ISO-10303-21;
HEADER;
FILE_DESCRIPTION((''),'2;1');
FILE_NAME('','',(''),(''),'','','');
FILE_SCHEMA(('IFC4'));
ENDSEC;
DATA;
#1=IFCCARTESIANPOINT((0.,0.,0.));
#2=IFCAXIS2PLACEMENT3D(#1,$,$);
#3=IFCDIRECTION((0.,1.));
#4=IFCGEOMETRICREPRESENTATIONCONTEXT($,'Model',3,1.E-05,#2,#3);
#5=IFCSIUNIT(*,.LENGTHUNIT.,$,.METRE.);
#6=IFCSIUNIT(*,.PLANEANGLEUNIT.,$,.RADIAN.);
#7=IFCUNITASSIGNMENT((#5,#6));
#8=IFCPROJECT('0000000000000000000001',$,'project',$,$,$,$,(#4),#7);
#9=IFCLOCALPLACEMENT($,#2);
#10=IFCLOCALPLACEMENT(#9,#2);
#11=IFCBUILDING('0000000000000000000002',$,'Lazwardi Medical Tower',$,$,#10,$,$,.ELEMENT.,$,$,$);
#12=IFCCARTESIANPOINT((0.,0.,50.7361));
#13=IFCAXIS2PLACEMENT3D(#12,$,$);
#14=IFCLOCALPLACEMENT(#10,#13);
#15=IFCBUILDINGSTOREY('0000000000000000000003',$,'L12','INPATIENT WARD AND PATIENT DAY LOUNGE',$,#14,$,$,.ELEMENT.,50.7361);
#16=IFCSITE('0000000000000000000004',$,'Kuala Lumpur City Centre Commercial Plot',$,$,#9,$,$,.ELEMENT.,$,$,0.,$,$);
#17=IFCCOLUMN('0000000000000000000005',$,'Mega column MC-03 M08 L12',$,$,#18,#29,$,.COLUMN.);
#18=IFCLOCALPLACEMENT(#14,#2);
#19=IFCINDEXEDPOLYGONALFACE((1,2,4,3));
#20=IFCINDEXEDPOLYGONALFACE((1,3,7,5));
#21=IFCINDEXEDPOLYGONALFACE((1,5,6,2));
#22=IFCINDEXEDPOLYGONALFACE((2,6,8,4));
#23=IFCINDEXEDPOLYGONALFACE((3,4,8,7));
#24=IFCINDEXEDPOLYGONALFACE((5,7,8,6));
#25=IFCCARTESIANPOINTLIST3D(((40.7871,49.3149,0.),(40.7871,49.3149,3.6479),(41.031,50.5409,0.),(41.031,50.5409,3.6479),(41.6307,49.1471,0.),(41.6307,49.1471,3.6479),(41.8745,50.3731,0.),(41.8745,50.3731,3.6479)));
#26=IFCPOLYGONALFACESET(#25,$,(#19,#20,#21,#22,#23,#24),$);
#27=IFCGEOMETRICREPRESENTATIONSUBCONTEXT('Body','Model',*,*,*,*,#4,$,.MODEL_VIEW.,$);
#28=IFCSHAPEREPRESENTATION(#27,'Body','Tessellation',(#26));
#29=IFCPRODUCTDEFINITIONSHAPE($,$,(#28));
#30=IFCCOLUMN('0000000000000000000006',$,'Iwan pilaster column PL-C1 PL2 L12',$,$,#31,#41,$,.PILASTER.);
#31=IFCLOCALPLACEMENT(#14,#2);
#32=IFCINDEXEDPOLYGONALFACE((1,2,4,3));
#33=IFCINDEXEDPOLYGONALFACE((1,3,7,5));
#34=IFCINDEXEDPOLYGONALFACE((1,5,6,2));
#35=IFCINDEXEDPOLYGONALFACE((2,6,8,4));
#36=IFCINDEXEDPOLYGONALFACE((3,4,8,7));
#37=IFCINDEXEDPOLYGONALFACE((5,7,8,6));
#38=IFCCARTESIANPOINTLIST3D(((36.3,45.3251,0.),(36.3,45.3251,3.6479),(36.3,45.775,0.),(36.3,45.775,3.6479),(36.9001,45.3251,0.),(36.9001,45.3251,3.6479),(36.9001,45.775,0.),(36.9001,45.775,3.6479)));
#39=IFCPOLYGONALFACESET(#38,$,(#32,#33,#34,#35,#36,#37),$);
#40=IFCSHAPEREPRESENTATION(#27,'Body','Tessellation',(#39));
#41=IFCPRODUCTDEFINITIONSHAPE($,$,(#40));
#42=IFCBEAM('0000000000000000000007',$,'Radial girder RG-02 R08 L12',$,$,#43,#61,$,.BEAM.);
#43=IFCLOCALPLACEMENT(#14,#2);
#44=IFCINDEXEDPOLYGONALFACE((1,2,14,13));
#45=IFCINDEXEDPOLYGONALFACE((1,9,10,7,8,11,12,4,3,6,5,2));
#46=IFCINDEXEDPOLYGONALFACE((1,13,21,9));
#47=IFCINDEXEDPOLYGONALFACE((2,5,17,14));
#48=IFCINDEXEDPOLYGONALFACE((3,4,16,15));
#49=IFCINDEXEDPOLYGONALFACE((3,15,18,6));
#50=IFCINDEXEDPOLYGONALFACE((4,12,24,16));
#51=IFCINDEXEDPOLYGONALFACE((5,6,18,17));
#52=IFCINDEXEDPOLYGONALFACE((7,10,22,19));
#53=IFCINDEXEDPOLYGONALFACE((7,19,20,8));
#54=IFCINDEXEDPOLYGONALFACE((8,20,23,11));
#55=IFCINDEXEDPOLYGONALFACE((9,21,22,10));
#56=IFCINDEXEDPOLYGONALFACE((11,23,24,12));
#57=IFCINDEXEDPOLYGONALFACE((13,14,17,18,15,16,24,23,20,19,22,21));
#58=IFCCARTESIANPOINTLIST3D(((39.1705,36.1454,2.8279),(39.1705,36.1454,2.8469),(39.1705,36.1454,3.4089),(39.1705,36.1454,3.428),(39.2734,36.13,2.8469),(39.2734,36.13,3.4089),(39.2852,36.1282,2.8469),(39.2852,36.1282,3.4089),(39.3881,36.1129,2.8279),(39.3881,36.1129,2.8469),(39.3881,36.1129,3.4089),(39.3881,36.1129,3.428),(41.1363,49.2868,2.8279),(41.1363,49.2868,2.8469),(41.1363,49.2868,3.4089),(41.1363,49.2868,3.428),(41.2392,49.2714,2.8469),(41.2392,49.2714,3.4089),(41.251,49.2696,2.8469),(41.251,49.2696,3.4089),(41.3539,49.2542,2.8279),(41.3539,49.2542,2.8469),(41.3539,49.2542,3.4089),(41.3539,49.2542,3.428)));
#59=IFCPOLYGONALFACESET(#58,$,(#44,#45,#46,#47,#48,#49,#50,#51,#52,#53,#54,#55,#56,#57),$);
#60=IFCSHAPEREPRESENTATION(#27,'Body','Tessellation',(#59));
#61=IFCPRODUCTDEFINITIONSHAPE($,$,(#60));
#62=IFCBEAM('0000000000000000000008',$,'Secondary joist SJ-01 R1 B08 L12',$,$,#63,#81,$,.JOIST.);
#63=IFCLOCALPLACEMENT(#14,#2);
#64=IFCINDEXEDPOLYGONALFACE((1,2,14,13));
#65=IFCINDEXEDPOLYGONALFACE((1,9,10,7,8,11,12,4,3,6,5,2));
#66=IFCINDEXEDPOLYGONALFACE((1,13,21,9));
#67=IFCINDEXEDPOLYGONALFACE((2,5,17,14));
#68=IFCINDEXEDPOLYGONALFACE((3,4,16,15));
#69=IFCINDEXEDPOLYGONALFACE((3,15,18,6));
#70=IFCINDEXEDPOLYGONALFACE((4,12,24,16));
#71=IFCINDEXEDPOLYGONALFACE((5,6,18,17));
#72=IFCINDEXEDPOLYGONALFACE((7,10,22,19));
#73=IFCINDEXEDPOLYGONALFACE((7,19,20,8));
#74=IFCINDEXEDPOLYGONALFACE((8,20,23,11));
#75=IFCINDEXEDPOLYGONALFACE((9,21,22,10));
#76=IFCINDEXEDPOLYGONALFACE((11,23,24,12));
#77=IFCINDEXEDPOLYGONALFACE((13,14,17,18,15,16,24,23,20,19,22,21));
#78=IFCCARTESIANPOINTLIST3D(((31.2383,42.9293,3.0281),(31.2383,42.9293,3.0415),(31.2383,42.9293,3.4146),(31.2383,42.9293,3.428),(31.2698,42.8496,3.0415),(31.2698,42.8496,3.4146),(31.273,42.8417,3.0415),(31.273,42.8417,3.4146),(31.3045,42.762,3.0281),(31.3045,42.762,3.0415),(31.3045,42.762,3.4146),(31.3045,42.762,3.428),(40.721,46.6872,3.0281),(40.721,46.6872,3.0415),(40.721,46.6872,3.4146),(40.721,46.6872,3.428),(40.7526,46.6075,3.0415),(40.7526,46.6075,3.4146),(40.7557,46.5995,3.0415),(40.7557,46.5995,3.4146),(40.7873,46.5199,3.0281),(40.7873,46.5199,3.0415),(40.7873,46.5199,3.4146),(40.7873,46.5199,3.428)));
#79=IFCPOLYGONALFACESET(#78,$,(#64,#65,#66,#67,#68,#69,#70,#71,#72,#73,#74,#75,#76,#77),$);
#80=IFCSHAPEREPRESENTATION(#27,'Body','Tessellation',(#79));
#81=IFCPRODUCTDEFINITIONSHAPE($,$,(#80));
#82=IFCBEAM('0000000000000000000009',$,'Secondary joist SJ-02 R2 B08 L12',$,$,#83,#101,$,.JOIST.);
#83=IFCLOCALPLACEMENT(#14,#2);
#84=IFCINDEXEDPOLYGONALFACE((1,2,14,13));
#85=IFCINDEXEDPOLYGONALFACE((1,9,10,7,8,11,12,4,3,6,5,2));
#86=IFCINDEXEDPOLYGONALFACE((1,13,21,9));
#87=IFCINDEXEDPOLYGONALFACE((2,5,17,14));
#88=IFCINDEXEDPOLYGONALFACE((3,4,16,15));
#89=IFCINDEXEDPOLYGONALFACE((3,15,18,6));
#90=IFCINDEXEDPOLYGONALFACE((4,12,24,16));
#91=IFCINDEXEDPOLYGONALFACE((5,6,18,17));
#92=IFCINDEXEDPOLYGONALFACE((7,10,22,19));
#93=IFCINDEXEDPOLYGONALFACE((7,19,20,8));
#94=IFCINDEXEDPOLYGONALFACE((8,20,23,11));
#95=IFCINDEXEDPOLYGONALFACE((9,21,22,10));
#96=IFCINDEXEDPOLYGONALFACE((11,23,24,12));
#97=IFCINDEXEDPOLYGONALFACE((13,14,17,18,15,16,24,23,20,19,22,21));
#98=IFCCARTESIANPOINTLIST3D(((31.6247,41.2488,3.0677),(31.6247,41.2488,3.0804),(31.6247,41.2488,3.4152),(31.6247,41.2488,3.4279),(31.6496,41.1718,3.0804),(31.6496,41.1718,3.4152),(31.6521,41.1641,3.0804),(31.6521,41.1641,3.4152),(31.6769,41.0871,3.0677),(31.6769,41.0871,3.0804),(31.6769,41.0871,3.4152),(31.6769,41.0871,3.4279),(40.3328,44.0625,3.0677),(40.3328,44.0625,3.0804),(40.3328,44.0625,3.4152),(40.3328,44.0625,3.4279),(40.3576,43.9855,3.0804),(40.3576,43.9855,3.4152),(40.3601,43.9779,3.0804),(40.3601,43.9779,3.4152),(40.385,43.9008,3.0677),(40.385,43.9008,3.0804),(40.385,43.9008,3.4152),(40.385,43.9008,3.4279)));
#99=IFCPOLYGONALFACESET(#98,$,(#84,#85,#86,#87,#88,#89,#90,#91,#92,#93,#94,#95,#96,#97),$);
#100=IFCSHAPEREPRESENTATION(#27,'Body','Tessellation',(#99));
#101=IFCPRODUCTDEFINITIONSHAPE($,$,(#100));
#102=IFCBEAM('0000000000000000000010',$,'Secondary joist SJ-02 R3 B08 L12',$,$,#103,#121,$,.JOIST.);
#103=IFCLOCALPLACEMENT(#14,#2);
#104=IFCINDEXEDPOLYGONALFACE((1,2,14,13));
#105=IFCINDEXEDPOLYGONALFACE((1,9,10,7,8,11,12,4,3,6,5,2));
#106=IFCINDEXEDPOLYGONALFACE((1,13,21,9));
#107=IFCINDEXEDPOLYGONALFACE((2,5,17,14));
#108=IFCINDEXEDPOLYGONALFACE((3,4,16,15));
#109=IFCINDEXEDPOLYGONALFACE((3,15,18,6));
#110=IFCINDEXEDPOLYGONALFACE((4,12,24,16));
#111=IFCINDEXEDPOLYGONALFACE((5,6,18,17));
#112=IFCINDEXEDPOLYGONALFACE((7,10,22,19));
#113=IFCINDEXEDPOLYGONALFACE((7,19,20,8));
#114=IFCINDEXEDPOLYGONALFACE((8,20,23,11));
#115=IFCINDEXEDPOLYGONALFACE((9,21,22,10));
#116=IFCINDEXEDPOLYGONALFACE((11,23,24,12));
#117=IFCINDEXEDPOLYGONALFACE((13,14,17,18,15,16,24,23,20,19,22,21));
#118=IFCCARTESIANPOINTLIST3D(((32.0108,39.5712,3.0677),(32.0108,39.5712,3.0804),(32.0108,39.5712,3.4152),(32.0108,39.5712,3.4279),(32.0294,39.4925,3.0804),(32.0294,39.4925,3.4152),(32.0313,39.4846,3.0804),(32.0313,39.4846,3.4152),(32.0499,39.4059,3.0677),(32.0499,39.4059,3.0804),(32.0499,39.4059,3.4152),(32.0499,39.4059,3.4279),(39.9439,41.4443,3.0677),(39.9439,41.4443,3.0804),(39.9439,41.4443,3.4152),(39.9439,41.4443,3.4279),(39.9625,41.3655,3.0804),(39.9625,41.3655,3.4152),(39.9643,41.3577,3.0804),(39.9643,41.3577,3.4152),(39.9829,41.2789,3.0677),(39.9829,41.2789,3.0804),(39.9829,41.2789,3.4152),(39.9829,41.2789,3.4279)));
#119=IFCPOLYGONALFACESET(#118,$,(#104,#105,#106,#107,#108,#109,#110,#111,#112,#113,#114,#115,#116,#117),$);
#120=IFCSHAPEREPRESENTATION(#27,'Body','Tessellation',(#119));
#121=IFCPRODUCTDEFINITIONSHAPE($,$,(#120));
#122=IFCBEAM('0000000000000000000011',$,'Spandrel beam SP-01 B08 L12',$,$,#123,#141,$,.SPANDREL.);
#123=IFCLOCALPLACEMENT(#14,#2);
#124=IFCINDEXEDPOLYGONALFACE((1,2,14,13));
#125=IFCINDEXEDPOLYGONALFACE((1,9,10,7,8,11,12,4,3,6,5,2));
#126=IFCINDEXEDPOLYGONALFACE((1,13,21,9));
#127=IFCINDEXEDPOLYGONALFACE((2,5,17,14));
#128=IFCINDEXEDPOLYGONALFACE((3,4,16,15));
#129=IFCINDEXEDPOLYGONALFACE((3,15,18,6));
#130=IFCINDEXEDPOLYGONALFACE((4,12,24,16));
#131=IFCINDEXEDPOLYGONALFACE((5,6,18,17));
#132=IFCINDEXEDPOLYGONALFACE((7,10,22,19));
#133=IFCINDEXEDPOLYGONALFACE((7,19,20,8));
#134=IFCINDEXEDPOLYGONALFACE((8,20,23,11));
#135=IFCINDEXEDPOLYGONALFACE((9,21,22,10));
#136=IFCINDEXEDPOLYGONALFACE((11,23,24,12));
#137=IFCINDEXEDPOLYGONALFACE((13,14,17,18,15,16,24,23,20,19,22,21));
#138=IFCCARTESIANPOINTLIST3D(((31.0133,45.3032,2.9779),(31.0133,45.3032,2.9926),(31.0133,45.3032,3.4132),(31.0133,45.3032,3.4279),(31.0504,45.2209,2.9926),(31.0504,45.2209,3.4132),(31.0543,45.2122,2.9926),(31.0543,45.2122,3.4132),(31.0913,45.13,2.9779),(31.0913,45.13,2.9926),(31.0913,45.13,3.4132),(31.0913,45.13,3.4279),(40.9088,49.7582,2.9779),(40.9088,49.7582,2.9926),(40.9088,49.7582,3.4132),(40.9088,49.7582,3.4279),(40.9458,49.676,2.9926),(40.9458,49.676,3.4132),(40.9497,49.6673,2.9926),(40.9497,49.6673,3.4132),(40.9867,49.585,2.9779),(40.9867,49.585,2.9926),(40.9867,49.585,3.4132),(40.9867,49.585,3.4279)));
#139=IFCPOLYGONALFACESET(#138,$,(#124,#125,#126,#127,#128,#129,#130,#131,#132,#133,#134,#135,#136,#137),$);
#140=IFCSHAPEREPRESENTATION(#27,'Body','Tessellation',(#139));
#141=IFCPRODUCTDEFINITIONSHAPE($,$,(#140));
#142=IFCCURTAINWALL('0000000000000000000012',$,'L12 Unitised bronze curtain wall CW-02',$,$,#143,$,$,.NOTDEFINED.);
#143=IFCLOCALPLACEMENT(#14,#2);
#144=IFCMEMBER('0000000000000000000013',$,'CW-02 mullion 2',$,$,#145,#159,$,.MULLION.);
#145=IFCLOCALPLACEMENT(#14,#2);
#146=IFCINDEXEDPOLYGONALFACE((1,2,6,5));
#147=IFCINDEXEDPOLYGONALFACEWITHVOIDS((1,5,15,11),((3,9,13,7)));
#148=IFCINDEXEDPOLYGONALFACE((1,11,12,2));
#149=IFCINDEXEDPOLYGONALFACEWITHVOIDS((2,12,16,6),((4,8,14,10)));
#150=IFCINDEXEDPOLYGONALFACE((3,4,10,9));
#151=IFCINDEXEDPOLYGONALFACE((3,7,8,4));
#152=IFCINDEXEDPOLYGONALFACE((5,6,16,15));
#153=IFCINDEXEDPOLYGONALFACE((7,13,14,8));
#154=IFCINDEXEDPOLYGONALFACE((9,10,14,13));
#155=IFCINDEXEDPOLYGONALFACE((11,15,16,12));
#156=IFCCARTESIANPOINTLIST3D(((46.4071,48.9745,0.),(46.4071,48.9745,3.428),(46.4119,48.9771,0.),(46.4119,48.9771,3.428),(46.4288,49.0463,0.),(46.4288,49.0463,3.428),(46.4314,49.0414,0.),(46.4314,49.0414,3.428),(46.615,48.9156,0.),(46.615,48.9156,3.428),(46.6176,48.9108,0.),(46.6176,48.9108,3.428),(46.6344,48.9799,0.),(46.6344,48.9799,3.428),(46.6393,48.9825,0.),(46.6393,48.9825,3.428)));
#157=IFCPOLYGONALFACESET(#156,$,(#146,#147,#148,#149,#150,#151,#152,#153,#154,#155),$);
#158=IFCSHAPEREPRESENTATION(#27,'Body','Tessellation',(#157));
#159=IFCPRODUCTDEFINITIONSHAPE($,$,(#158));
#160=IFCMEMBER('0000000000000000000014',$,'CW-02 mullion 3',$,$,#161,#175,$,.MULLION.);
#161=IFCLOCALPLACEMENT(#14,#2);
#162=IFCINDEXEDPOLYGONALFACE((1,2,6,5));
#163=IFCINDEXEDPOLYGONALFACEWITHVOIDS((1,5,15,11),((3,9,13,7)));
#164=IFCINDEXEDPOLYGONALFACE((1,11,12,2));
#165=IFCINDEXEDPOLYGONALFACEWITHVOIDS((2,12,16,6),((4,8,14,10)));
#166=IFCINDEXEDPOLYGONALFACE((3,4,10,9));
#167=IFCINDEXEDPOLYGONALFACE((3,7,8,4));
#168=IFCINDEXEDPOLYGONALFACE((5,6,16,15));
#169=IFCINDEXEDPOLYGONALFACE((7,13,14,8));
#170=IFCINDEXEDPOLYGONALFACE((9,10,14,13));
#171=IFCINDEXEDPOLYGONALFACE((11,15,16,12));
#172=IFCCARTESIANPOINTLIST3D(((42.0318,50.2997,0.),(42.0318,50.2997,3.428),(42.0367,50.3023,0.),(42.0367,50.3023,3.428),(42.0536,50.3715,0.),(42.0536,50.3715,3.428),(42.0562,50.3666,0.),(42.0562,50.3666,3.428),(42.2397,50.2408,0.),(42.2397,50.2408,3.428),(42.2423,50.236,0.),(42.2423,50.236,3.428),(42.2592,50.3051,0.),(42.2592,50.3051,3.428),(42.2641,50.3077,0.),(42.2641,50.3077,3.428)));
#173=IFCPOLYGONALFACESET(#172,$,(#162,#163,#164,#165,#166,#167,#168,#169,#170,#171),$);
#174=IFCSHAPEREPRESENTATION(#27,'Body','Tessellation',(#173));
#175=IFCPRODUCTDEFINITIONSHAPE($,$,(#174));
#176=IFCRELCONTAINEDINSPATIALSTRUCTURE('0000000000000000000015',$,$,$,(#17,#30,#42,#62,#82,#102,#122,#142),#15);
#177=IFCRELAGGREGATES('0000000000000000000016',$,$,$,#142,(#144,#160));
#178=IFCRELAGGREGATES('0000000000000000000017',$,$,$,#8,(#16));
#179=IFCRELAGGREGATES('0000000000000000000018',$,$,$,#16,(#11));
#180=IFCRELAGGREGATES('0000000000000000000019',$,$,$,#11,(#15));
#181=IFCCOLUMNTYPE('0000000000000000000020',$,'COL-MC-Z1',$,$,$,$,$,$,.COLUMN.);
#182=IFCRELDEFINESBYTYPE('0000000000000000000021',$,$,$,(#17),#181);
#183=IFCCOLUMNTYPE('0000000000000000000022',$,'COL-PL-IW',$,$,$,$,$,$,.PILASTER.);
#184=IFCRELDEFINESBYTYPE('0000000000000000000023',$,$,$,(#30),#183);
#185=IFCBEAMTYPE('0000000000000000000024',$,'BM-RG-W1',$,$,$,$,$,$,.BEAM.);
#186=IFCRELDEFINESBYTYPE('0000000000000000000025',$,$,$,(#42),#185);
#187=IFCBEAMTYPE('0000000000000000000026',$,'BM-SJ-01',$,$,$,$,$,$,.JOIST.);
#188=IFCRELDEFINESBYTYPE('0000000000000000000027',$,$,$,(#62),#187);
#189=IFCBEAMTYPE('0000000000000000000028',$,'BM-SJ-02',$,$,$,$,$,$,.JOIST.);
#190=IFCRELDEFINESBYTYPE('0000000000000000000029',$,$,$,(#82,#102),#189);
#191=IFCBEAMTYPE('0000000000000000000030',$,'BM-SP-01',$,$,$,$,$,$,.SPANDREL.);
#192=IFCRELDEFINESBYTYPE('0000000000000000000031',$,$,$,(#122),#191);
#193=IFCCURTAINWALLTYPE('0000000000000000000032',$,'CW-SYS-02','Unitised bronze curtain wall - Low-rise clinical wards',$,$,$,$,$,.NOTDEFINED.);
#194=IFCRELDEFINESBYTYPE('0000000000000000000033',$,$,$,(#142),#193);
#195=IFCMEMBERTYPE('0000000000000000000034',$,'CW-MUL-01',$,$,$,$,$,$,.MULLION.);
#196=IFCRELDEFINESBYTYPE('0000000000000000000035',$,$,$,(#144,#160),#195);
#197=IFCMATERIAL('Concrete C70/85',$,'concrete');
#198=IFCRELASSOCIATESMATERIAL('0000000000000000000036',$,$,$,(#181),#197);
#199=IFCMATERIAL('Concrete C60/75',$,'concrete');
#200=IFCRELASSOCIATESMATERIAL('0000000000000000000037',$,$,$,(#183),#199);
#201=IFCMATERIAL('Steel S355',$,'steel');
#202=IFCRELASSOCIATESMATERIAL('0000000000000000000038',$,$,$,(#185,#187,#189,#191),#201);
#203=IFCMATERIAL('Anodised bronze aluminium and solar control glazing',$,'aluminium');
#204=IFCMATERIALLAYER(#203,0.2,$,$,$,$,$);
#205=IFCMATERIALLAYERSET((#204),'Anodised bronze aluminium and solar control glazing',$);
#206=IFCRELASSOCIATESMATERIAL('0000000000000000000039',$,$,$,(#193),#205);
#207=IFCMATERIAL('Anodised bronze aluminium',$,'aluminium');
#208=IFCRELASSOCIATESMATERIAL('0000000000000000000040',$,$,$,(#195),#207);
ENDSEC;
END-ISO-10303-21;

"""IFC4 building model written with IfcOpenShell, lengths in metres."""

from ifc_helpers import new_model, si_unit, direction, frame, origin, origin_2d, place, context, subcontext, project, spatial, rectangle, hollow_rectangle, i_section, extrude, material, layer, layer_set, material_profile, profile_set, type_object, element, aggregate, save


model = new_model("IFC4")

# Units and contexts
model_context = context("Model", 3, precision=1e-05, world=origin(), true_north=direction((0.0, 1.0)))
body_context = subcontext(model_context, "Body", "Model", "MODEL_VIEW")
ifc_project = project(units=[si_unit("LENGTHUNIT", "METRE"), si_unit("PLANEANGLEUNIT", "RADIAN")], contexts=[model_context])

# Site, building, storey
site_placement = place(None, origin())
site = spatial("IfcSite", under=ifc_project, at=site_placement, Name="Kuala Lumpur City Centre Commercial Plot", CompositionType="ELEMENT", RefElevation=0.0)
building_placement = place(site_placement, origin())
building = spatial("IfcBuilding", under=site, at=building_placement, Name="Lazwardi Medical Tower", CompositionType="ELEMENT")
storey_placement = place(building_placement, frame((0.0, 0.0, 50.7361)))
storey = spatial("IfcBuildingStorey", under=building, at=storey_placement, Name="L12", Description="INPATIENT WARD AND PATIENT DAY LOUNGE", CompositionType="ELEMENT", Elevation=50.7361)

# Columns
ifc_material_1 = material(Name="Concrete C70/85", Category="concrete")
ifc_material_profile_1 = material_profile(ifc_material_1, rectangle(XDim=1.25, YDim=0.8601, at=origin_2d()), Name="CFT-RECT 1250x860")
ifc_profile_set_1 = profile_set([ifc_material_profile_1], Name="Concrete C70/85")
column_type_1 = type_object("IfcColumnType", Name="COL-MC-Z1", PredefinedType="COLUMN", material=ifc_profile_set_1)
column_1_placement = place(storey_placement, frame((41.3308, 49.844, 0.0), z_axis=(0.0, 0.0, 1.0), x_axis=(0.19509, 0.980785, 0.0)))
element("IfcColumn", 1, at=column_1_placement, inside=storey, type_object=column_type_1, Name="Mega column MC-03 M08 L12", PredefinedType="COLUMN", context=body_context, shape_type="SweptSolid", body=[
    extrude(rectangle(XDim=1.25, YDim=0.8601, at=origin_2d()), origin(), (0.0, 0.0, 1.0), 3.6479),
])
ifc_material_2 = material(Name="Concrete C60/75", Category="concrete")
ifc_material_profile_2 = material_profile(ifc_material_2, rectangle(XDim=0.6001, YDim=0.45, at=origin_2d()), Name="RC 600x450")
ifc_profile_set_2 = profile_set([ifc_material_profile_2], Name="Concrete C60/75")
column_type_2 = type_object("IfcColumnType", Name="COL-PL-IW", PredefinedType="PILASTER", material=ifc_profile_set_2)
column_2_placement = place(storey_placement, frame((36.6001, 45.55, 0.0), z_axis=(0.0, 0.0, 1.0), x_axis=(1.0, 0.0, 0.0)))
element("IfcColumn", 2, at=column_2_placement, inside=storey, type_object=column_type_2, Name="Iwan pilaster column PL-C1 PL2 L12", PredefinedType="PILASTER", context=body_context, shape_type="SweptSolid", body=[
    extrude(rectangle(XDim=0.6001, YDim=0.45, at=origin_2d()), origin(), (0.0, 0.0, 1.0), 3.6479),
])

# Beams
ifc_material_3 = material(Name="Steel S355", Category="steel")
ifc_material_profile_3 = material_profile(ifc_material_3, i_section(OverallWidth=0.22, OverallDepth=0.6001, WebThickness=0.012, FlangeThickness=0.019, at=origin_2d()), Name="IPE 600")
ifc_profile_set_3 = profile_set([ifc_material_profile_3], Name="Steel S355")
beam_type_1 = type_object("IfcBeamType", Name="BM-RG-W1", PredefinedType="BEAM", material=ifc_profile_set_3)
beam_1_placement = place(storey_placement, frame((41.2451, 49.2705, 3.1279), z_axis=(-0.147944, -0.988996, 0.0), x_axis=(0.988996, -0.147944, 0.0)))
element("IfcBeam", 3, at=beam_1_placement, inside=storey, type_object=beam_type_1, Name="Radial girder RG-02 R08 L12", PredefinedType="BEAM", context=body_context, shape_type="SweptSolid", body=[
    extrude(i_section(OverallWidth=0.22, OverallDepth=0.6001, WebThickness=0.012, FlangeThickness=0.019, at=origin_2d()), origin(), (0.0, 0.0, 1.0), 13.2876),
])
ifc_material_profile_4 = material_profile(ifc_material_3, i_section(OverallWidth=0.1799, OverallDepth=0.3999, WebThickness=0.0085, FlangeThickness=0.0134, at=origin_2d()), Name="IPE 400")
ifc_profile_set_4 = profile_set([ifc_material_profile_4], Name="Steel S355")
beam_type_2 = type_object("IfcBeamType", Name="BM-SJ-01", PredefinedType="JOIST", material=ifc_profile_set_4)
beam_2_placement = place(storey_placement, frame((40.7542, 46.6035, 3.228), z_axis=(-0.929664, -0.368409, 0.0), x_axis=(0.368409, -0.929664, 0.0)))
element("IfcBeam", 4, at=beam_2_placement, inside=storey, type_object=beam_type_2, Name="Secondary joist SJ-01 R1 B08 L12", PredefinedType="JOIST", context=body_context, shape_type="SweptSolid", body=[
    extrude(i_section(OverallWidth=0.1799, OverallDepth=0.3999, WebThickness=0.0085, FlangeThickness=0.0134, at=origin_2d()), origin(), (0.0, 0.0, 1.0), 10.2002),
])
ifc_material_profile_5 = material_profile(ifc_material_3, i_section(OverallWidth=0.1699, OverallDepth=0.3601, WebThickness=0.0081, FlangeThickness=0.0127, at=origin_2d()), Name="IPE 360")
ifc_profile_set_5 = profile_set([ifc_material_profile_5], Name="Steel S355")
beam_type_3 = type_object("IfcBeamType", Name="BM-SJ-02", PredefinedType="JOIST", material=ifc_profile_set_5)
beam_3_placement = place(storey_placement, frame((40.3589, 43.9817, 3.2478), z_axis=(-0.951559, -0.307467, 0.0), x_axis=(0.307467, -0.951559, 0.0)))
element("IfcBeam", 5, at=beam_3_placement, inside=storey, type_object=beam_type_3, Name="Secondary joist SJ-02 R2 B08 L12", PredefinedType="JOIST", context=body_context, shape_type="SweptSolid", body=[
    extrude(i_section(OverallWidth=0.1699, OverallDepth=0.3601, WebThickness=0.0081, FlangeThickness=0.0127, at=origin_2d()), origin(), (0.0, 0.0, 1.0), 9.1514),
])
beam_4_placement = place(storey_placement, frame((39.9634, 41.3616, 3.2478), z_axis=(-0.973241, -0.229787, 0.0), x_axis=(0.229787, -0.973241, 0.0)))
element("IfcBeam", 6, at=beam_4_placement, inside=storey, type_object=beam_type_3, Name="Secondary joist SJ-02 R3 B08 L12", PredefinedType="JOIST", context=body_context, shape_type="SweptSolid", body=[
    extrude(i_section(OverallWidth=0.1699, OverallDepth=0.3601, WebThickness=0.0081, FlangeThickness=0.0127, at=origin_2d()), origin(), (0.0, 0.0, 1.0), 8.1511),
])
ifc_material_profile_6 = material_profile(ifc_material_3, i_section(OverallWidth=0.1899, OverallDepth=0.45, WebThickness=0.0095, FlangeThickness=0.0146, at=origin_2d()), Name="IPE 450")
ifc_profile_set_6 = profile_set([ifc_material_profile_6], Name="Steel S355")
beam_type_4 = type_object("IfcBeamType", Name="BM-SP-01", PredefinedType="SPANDREL", material=ifc_profile_set_6)
beam_5_placement = place(storey_placement, frame((40.9478, 49.6716, 3.2029), z_axis=(-0.911849, -0.410526, 0.0), x_axis=(0.410526, -0.911849, 0.0)))
element("IfcBeam", 7, at=beam_5_placement, inside=storey, type_object=beam_type_4, Name="Spandrel beam SP-01 B08 L12", PredefinedType="SPANDREL", context=body_context, shape_type="SweptSolid", body=[
    extrude(i_section(OverallWidth=0.1899, OverallDepth=0.45, WebThickness=0.0095, FlangeThickness=0.0146, at=origin_2d()), origin(), (0.0, 0.0, 1.0), 10.8521),
])

# Curtain wall, members
ifc_material_4 = material(Name="Anodised bronze aluminium and solar control glazing", Category="aluminium")
ifc_layer_1 = layer(ifc_material_4, 0.2)
ifc_layer_set_1 = layer_set([ifc_layer_1], Name="Anodised bronze aluminium and solar control glazing")
curtain_wall_type_1 = type_object("IfcCurtainWallType", Name="CW-SYS-02", Description="Unitised bronze curtain wall - Low-rise clinical wards", PredefinedType="NOTDEFINED", material=ifc_layer_set_1)
curtain_wall_1_placement = place(storey_placement, origin())
curtain_wall_1 = element("IfcCurtainWall", 8, at=curtain_wall_1_placement, inside=storey, type_object=curtain_wall_type_1, Name="L12 Unitised bronze curtain wall CW-02", PredefinedType="NOTDEFINED")
ifc_material_5 = material(Name="Anodised bronze aluminium", Category="aluminium")
ifc_material_profile_7 = material_profile(ifc_material_5, hollow_rectangle(XDim=0.075, YDim=0.22, WallThickness=0.0039, at=origin_2d()), Name="ALU-MULLION 220x75x4")
ifc_profile_set_7 = profile_set([ifc_material_profile_7], Name="Anodised bronze aluminium")
member_type_1 = type_object("IfcMemberType", Name="CW-MUL-01", PredefinedType="MULLION", material=ifc_profile_set_7)
member_1_placement = place(storey_placement, frame((46.5232, 48.9785, 0.0), z_axis=(0.0, 0.0, 1.0), x_axis=(-0.289896, -0.957058, 0.0)))
member_1 = element("IfcMember", 9, at=member_1_placement, type_object=member_type_1, Name="CW-02 mullion 2", PredefinedType="MULLION", context=body_context, shape_type="SweptSolid", body=[
    extrude(hollow_rectangle(XDim=0.075, YDim=0.22, WallThickness=0.0039, at=origin_2d()), origin(), (0.0, 0.0, 1.0), 3.428),
])
member_2_placement = place(storey_placement, frame((42.1479, 50.3037, 0.0), z_axis=(0.0, 0.0, 1.0), x_axis=(-0.289896, -0.957058, 0.0)))
member_2 = element("IfcMember", 10, at=member_2_placement, type_object=member_type_1, Name="CW-02 mullion 3", PredefinedType="MULLION", context=body_context, shape_type="SweptSolid", body=[
    extrude(hollow_rectangle(XDim=0.075, YDim=0.22, WallThickness=0.0039, at=origin_2d()), origin(), (0.0, 0.0, 1.0), 3.428),
])

aggregate(curtain_wall_1, [member_1, member_2])

save(model, "model.ifc")
